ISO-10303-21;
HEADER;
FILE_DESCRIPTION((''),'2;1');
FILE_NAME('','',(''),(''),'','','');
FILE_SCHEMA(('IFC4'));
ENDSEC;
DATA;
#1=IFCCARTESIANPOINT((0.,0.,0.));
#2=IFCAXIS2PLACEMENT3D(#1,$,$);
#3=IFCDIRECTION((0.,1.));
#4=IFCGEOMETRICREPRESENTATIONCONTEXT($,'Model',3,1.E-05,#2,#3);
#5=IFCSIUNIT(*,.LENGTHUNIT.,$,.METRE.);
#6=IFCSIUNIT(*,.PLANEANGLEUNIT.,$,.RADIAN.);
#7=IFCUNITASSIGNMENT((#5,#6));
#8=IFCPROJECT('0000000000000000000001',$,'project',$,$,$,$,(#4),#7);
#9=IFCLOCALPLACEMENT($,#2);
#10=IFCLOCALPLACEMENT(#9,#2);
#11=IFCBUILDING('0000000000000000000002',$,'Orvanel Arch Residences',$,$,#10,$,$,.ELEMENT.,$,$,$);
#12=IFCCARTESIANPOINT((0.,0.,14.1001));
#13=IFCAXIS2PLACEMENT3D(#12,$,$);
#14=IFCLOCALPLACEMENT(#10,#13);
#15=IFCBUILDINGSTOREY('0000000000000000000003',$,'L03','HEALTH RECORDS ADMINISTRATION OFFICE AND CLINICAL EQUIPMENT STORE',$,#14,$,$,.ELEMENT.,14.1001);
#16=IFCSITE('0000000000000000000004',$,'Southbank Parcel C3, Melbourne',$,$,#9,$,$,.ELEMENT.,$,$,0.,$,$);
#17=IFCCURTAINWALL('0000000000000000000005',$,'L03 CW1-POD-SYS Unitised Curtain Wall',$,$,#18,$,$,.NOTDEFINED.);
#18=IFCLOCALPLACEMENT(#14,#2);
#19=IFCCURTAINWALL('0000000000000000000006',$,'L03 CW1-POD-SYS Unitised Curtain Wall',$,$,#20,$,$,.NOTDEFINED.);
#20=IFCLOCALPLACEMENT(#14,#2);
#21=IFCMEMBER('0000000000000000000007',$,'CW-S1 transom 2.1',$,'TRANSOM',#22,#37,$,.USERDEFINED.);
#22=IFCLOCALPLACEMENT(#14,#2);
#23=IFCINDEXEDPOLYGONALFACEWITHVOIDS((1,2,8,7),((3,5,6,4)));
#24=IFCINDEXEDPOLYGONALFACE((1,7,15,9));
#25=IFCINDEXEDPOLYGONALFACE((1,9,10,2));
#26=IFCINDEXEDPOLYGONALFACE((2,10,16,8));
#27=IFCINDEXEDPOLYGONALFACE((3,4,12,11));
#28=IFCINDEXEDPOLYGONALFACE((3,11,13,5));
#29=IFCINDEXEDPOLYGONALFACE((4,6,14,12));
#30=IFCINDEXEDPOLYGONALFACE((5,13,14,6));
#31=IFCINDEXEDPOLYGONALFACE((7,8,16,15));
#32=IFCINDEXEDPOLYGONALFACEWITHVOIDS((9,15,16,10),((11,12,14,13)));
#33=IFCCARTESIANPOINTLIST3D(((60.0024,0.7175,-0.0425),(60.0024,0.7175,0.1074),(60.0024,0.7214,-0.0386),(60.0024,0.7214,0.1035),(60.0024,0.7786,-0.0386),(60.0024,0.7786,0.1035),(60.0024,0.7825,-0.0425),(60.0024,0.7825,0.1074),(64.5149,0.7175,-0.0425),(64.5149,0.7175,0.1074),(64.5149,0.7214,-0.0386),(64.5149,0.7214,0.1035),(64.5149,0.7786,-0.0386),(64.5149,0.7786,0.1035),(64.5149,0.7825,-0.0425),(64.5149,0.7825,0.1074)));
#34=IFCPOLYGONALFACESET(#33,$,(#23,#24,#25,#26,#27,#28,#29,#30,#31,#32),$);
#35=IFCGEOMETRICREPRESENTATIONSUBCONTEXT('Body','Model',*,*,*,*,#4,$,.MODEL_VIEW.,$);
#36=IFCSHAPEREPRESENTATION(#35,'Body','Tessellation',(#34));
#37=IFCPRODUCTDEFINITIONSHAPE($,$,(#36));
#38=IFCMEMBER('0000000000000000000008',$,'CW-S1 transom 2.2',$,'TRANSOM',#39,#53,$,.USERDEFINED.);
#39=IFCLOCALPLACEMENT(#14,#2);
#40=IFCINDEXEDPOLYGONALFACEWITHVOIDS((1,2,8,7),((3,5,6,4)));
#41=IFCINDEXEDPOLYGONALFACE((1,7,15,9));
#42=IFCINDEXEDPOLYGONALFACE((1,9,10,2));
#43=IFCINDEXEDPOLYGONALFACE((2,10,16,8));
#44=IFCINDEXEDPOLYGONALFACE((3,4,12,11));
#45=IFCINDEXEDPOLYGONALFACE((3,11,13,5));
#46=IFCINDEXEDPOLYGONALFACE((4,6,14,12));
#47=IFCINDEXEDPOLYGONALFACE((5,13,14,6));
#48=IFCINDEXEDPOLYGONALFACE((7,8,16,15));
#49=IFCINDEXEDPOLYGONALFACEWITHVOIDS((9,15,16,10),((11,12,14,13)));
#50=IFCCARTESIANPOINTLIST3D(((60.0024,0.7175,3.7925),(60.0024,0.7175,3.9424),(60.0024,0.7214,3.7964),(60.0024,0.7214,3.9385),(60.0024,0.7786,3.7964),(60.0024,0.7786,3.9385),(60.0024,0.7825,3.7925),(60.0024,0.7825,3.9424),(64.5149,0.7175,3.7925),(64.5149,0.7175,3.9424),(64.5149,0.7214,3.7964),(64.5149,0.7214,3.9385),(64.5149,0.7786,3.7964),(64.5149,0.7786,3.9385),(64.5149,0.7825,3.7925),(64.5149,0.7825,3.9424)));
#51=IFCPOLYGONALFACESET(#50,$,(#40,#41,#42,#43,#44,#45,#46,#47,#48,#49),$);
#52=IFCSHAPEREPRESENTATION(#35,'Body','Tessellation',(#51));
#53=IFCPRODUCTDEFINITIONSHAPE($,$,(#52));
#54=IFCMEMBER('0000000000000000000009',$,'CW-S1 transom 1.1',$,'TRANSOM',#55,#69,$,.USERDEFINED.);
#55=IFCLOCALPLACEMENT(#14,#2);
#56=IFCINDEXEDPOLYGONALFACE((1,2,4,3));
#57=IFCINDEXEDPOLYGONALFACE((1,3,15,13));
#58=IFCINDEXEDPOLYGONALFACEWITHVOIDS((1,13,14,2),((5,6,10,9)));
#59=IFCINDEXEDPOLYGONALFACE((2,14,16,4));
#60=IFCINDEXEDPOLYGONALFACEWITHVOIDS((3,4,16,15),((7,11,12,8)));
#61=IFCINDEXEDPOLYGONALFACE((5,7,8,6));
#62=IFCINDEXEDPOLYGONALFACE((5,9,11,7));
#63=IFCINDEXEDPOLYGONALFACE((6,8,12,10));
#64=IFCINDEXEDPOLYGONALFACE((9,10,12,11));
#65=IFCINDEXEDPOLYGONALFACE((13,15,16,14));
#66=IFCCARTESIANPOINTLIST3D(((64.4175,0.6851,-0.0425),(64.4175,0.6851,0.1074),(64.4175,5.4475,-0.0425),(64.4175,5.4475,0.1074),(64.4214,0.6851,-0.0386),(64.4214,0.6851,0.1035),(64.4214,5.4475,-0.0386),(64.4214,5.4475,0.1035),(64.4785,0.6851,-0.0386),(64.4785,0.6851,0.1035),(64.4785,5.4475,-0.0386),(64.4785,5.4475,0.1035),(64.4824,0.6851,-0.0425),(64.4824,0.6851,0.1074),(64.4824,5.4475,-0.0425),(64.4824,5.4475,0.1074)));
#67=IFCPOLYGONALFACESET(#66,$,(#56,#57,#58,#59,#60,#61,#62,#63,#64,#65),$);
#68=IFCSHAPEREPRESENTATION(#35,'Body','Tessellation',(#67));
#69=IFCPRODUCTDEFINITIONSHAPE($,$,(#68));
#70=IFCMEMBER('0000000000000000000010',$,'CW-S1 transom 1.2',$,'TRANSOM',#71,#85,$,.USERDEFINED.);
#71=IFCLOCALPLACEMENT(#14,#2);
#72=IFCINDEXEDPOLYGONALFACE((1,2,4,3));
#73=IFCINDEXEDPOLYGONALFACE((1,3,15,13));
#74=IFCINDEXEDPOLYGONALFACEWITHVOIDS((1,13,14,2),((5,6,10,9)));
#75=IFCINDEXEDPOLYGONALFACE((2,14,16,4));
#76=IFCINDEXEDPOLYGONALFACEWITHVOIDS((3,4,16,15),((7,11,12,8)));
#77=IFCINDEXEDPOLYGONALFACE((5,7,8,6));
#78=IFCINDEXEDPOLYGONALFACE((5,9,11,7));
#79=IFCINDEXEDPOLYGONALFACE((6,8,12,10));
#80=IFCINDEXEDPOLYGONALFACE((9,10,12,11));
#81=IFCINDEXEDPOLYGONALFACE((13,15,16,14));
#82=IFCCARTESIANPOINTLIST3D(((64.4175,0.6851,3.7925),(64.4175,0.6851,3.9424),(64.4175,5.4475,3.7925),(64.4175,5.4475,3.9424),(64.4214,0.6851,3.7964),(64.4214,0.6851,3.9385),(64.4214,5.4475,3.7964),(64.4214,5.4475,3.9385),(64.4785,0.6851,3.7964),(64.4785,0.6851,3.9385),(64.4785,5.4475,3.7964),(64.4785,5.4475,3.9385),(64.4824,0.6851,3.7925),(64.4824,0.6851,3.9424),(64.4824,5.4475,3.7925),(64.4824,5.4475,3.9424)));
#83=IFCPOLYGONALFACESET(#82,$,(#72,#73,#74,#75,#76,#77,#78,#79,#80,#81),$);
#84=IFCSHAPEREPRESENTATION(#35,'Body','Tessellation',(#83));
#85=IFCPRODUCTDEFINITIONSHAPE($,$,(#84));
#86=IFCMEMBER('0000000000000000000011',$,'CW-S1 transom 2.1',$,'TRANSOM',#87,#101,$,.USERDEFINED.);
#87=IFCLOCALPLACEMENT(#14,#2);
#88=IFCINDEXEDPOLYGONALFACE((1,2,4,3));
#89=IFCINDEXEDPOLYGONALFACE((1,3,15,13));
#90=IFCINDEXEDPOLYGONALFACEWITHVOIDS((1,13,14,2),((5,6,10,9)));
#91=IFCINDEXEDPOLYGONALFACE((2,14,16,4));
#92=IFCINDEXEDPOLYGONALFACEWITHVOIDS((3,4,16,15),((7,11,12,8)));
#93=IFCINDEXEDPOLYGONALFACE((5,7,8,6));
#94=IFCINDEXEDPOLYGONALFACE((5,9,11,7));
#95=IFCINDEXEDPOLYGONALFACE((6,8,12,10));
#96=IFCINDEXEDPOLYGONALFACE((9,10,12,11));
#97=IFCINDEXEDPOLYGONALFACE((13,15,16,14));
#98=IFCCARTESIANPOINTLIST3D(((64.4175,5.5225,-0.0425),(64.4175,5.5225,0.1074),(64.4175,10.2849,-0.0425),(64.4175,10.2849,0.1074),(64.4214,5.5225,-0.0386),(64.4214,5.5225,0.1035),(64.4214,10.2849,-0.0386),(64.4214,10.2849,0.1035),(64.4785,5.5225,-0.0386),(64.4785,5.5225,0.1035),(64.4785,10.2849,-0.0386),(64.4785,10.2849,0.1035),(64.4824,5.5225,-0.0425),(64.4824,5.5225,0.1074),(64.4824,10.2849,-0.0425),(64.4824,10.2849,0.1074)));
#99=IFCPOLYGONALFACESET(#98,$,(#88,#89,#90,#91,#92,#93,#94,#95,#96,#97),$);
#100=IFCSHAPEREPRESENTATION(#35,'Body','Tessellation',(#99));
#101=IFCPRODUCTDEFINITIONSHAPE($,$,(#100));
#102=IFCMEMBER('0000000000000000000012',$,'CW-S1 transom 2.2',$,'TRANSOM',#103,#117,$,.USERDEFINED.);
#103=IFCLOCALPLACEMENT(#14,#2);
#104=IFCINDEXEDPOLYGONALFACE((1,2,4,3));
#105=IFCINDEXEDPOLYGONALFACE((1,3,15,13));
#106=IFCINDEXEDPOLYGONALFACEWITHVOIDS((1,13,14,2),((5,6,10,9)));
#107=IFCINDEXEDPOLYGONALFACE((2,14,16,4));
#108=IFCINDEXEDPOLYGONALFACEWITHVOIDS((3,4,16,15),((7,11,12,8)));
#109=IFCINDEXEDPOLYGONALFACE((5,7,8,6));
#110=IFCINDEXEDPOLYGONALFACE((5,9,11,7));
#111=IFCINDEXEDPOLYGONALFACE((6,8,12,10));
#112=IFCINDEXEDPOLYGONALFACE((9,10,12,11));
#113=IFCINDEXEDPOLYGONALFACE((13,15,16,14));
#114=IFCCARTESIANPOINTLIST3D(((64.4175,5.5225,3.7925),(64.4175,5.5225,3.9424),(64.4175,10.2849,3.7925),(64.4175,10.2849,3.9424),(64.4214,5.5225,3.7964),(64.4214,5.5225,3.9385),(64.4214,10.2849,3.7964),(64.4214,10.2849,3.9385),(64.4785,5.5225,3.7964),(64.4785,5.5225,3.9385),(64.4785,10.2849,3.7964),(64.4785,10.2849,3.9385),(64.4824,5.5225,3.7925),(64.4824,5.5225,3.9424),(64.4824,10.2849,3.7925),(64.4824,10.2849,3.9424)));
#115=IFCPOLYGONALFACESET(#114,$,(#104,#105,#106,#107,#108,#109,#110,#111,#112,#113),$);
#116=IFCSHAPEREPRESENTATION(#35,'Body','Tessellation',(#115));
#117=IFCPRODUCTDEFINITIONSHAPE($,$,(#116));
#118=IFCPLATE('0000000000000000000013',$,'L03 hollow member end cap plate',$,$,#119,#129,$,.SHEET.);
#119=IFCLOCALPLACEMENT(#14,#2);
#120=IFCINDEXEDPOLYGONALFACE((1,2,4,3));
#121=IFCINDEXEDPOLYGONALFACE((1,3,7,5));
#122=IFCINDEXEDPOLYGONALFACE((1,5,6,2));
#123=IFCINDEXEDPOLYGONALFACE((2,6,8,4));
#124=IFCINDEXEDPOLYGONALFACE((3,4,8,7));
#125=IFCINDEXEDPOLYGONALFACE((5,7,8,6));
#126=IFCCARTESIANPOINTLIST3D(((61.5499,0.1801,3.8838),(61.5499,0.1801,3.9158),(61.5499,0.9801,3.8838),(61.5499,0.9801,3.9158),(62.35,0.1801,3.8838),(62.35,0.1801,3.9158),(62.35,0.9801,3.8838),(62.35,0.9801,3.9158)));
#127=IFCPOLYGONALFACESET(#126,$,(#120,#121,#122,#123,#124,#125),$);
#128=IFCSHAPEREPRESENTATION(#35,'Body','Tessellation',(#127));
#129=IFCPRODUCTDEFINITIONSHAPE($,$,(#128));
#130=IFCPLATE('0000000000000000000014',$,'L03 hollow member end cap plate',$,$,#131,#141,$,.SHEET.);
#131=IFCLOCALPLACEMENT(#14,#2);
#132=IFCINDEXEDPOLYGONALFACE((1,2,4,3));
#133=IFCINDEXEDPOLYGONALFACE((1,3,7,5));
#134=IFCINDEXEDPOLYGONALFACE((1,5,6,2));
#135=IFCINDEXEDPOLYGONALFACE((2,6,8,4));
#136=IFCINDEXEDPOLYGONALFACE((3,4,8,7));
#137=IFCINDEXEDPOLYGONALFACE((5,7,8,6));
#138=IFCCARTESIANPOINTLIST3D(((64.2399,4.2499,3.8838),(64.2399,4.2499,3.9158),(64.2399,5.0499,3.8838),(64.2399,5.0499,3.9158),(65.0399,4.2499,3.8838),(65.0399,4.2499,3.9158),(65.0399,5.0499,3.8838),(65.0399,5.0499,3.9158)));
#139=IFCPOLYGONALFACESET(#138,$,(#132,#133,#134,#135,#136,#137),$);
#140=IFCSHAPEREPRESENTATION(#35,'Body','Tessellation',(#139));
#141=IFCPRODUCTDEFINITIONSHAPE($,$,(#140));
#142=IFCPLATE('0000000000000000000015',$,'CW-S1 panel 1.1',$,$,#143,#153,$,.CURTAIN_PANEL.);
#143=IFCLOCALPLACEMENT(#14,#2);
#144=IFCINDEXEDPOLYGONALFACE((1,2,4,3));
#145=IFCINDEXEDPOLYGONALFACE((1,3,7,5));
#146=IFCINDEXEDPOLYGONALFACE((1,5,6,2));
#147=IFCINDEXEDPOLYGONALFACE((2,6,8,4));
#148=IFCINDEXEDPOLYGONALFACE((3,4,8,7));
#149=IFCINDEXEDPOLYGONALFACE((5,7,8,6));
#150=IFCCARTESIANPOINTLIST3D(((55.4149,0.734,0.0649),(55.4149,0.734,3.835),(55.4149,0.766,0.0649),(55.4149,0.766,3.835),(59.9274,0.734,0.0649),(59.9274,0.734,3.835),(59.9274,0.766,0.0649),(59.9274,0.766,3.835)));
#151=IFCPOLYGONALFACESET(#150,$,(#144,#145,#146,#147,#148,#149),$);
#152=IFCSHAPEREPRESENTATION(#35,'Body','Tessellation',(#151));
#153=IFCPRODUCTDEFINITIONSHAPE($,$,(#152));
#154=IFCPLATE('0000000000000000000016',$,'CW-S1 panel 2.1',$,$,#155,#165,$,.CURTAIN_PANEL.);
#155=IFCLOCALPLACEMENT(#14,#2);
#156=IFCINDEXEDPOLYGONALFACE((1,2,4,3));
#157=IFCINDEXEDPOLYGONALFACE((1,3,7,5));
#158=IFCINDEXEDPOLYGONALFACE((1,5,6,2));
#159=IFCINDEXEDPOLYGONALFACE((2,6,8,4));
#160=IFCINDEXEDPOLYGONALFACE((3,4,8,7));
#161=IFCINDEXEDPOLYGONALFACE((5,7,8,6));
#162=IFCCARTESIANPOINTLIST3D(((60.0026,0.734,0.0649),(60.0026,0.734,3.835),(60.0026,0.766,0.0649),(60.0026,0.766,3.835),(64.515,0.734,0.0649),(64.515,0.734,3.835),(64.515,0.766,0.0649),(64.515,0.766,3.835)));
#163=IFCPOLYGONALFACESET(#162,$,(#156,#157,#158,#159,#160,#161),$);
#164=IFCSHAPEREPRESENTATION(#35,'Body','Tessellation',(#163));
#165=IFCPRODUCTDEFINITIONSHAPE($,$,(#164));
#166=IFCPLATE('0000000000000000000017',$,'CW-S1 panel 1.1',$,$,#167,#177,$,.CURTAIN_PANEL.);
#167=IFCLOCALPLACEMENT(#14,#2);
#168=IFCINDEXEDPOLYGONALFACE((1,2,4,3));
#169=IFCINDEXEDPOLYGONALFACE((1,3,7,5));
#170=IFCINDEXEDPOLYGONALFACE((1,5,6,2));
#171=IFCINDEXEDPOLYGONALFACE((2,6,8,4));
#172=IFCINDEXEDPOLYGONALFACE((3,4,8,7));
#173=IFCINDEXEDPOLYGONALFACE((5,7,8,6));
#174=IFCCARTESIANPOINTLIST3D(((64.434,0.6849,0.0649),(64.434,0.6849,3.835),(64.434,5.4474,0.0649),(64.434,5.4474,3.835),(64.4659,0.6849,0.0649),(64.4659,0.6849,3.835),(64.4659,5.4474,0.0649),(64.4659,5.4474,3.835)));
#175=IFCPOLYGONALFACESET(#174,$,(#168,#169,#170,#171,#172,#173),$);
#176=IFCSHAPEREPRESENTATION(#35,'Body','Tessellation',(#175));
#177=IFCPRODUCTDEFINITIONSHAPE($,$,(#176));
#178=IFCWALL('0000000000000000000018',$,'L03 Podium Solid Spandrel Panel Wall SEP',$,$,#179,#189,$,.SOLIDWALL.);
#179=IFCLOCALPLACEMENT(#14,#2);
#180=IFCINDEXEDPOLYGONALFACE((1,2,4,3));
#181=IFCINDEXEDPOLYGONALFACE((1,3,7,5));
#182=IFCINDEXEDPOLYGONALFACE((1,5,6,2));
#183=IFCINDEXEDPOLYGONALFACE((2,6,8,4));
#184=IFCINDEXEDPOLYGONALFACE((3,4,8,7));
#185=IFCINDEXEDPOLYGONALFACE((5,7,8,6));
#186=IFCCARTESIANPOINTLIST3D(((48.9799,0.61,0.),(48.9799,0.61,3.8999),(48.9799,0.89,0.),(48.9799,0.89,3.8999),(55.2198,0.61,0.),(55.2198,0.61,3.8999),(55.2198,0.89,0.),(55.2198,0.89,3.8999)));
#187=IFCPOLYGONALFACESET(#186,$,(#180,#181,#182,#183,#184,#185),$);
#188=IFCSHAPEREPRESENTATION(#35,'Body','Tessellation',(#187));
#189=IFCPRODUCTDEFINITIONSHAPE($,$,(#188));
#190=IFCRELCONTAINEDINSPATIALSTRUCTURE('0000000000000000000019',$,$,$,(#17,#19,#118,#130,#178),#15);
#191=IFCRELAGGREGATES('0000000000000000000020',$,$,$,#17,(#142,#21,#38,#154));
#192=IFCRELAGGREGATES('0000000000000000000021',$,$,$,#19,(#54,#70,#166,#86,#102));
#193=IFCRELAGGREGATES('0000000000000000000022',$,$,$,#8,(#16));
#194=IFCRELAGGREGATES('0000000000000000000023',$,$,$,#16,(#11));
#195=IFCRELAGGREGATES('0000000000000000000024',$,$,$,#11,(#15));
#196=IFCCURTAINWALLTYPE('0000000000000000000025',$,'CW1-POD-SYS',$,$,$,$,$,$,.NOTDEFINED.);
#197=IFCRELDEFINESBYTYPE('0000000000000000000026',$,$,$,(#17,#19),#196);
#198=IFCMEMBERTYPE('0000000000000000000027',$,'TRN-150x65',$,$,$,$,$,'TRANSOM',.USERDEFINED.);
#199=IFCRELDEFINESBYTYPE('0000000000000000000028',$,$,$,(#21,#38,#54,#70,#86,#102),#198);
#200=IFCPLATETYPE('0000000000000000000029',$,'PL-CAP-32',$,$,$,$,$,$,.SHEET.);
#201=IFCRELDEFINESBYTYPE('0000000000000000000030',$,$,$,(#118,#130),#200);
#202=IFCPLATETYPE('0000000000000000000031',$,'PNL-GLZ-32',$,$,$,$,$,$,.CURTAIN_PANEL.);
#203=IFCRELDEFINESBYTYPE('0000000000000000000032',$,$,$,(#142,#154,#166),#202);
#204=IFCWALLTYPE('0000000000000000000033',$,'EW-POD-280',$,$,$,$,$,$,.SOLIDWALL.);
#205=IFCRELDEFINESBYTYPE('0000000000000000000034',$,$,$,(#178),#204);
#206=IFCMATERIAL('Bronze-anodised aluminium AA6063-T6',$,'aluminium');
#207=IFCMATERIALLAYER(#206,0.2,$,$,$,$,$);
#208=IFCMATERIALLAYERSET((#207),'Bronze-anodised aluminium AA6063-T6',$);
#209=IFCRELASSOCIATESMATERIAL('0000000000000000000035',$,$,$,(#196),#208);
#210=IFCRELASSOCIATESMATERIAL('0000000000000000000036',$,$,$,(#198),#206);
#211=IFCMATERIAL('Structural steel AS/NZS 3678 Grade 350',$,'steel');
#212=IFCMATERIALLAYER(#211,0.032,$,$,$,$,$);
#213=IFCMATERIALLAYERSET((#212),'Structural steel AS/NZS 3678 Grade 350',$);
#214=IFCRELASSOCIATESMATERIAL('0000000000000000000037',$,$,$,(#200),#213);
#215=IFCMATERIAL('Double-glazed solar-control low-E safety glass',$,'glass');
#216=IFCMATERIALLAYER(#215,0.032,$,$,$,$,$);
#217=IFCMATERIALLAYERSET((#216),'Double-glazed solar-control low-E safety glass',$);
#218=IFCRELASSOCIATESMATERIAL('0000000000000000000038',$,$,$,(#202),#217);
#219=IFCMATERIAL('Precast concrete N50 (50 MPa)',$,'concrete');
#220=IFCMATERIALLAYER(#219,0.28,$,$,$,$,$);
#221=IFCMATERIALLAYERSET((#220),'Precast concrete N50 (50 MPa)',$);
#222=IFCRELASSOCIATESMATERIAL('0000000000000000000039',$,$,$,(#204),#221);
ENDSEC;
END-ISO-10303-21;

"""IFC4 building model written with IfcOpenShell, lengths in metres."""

from ifc_helpers import new_model, si_unit, direction, frame, frame_2d, origin, origin_2d, place, context, subcontext, project, spatial, rectangle, hollow_rectangle, extrude, material, layer, layer_set, material_profile, profile_set, type_object, element, aggregate, save


model = new_model("IFC4")

# Units and contexts
model_context = context("Model", 3, precision=1e-05, world=origin(), true_north=direction((0.0, 1.0)))
body_context = subcontext(model_context, "Body", "Model", "MODEL_VIEW")
ifc_project = project(units=[si_unit("LENGTHUNIT", "METRE"), si_unit("PLANEANGLEUNIT", "RADIAN")], contexts=[model_context])

# Site, building, storey
site_placement = place(None, origin())
site = spatial("IfcSite", under=ifc_project, at=site_placement, Name="Southbank Parcel C3, Melbourne", CompositionType="ELEMENT", RefElevation=0.0)
building_placement = place(site_placement, origin())
building = spatial("IfcBuilding", under=site, at=building_placement, Name="Orvanel Arch Residences", CompositionType="ELEMENT")
storey_placement = place(building_placement, frame((0.0, 0.0, 14.1001)))
storey = spatial("IfcBuildingStorey", under=building, at=storey_placement, Name="L03", Description="HEALTH RECORDS ADMINISTRATION OFFICE AND CLINICAL EQUIPMENT STORE", CompositionType="ELEMENT", Elevation=14.1001)

# Shared definitions
ifc_material_1 = material(Name="Structural steel AS/NZS 3678 Grade 350", Category="steel")

# Curtain walls
ifc_material_2 = material(Name="Bronze-anodised aluminium AA6063-T6", Category="aluminium")
ifc_layer_1 = layer(ifc_material_2, 0.2)
ifc_layer_set_1 = layer_set([ifc_layer_1], Name="Bronze-anodised aluminium AA6063-T6")
curtain_wall_type = type_object("IfcCurtainWallType", Name="CW1-POD-SYS", PredefinedType="NOTDEFINED", material=ifc_layer_set_1)
curtain_wall_1_placement = place(storey_placement, origin())
curtain_wall_1 = element("IfcCurtainWall", 1, at=curtain_wall_1_placement, inside=storey, type_object=curtain_wall_type, Name="L03 CW1-POD-SYS Unitised Curtain Wall", PredefinedType="NOTDEFINED")
curtain_wall_2_placement = place(storey_placement, origin())
curtain_wall_2 = element("IfcCurtainWall", 2, at=curtain_wall_2_placement, inside=storey, type_object=curtain_wall_type, Name="L03 CW1-POD-SYS Unitised Curtain Wall", PredefinedType="NOTDEFINED")

# Members
ifc_material_profile_1 = material_profile(ifc_material_2, hollow_rectangle(XDim=0.0649, YDim=0.1499, WallThickness=0.0039, at=origin_2d()), Name="ALU150x65x4")
ifc_profile_set_1 = profile_set([ifc_material_profile_1], Name="Bronze-anodised aluminium AA6063-T6")
member_type_1 = type_object("IfcMemberType", Name="TRN-150x65", ElementType="TRANSOM", PredefinedType="USERDEFINED", material=ifc_profile_set_1)
member_1_placement = place(storey_placement, frame((60.0024, 0.75, 0.0325), z_axis=(1.0, 0.0, 0.0), x_axis=(0.0, 1.0, 0.0)))
member_1 = element("IfcMember", 3, at=member_1_placement, type_object=member_type_1, Name="CW-S1 transom 2.1", ObjectType="TRANSOM", PredefinedType="USERDEFINED", context=body_context, shape_type="SweptSolid", body=[
    extrude(hollow_rectangle(XDim=0.0649, YDim=0.1499, WallThickness=0.0039, at=origin_2d()), origin(), (0.0, 0.0, 1.0), 4.5125),
])
member_2_placement = place(storey_placement, frame((60.0024, 0.75, 3.8674), z_axis=(1.0, 0.0, 0.0), x_axis=(0.0, 1.0, 0.0)))
member_2 = element("IfcMember", 4, at=member_2_placement, type_object=member_type_1, Name="CW-S1 transom 2.2", ObjectType="TRANSOM", PredefinedType="USERDEFINED", context=body_context, shape_type="SweptSolid", body=[
    extrude(hollow_rectangle(XDim=0.0649, YDim=0.1499, WallThickness=0.0039, at=origin_2d()), origin(), (0.0, 0.0, 1.0), 4.5125),
])
member_3_placement = place(storey_placement, frame((64.45, 0.6851, 0.0325), z_axis=(0.0, 1.0, 0.0), x_axis=(-1.0, 0.0, 0.0)))
member_3 = element("IfcMember", 5, at=member_3_placement, type_object=member_type_1, Name="CW-S1 transom 1.1", ObjectType="TRANSOM", PredefinedType="USERDEFINED", context=body_context, shape_type="SweptSolid", body=[
    extrude(hollow_rectangle(XDim=0.0649, YDim=0.1499, WallThickness=0.0039, at=origin_2d()), origin(), (0.0, 0.0, 1.0), 4.7625),
])
member_4_placement = place(storey_placement, frame((64.45, 0.6851, 3.8674), z_axis=(0.0, 1.0, 0.0), x_axis=(-1.0, 0.0, 0.0)))
member_4 = element("IfcMember", 6, at=member_4_placement, type_object=member_type_1, Name="CW-S1 transom 1.2", ObjectType="TRANSOM", PredefinedType="USERDEFINED", context=body_context, shape_type="SweptSolid", body=[
    extrude(hollow_rectangle(XDim=0.0649, YDim=0.1499, WallThickness=0.0039, at=origin_2d()), origin(), (0.0, 0.0, 1.0), 4.7625),
])
member_5_placement = place(storey_placement, frame((64.45, 5.5225, 0.0325), z_axis=(0.0, 1.0, 0.0), x_axis=(-1.0, 0.0, 0.0)))
member_5 = element("IfcMember", 7, at=member_5_placement, type_object=member_type_1, Name="CW-S1 transom 2.1", ObjectType="TRANSOM", PredefinedType="USERDEFINED", context=body_context, shape_type="SweptSolid", body=[
    extrude(hollow_rectangle(XDim=0.0649, YDim=0.1499, WallThickness=0.0039, at=origin_2d()), origin(), (0.0, 0.0, 1.0), 4.7625),
])
member_6_placement = place(storey_placement, frame((64.45, 5.5225, 3.8674), z_axis=(0.0, 1.0, 0.0), x_axis=(-1.0, 0.0, 0.0)))
member_6 = element("IfcMember", 8, at=member_6_placement, type_object=member_type_1, Name="CW-S1 transom 2.2", ObjectType="TRANSOM", PredefinedType="USERDEFINED", context=body_context, shape_type="SweptSolid", body=[
    extrude(hollow_rectangle(XDim=0.0649, YDim=0.1499, WallThickness=0.0039, at=origin_2d()), origin(), (0.0, 0.0, 1.0), 4.7625),
])

# Plates
ifc_layer_2 = layer(ifc_material_1, 0.032)
ifc_layer_set_2 = layer_set([ifc_layer_2], Name="Structural steel AS/NZS 3678 Grade 350")
plate_type_1 = type_object("IfcPlateType", Name="PL-CAP-32", PredefinedType="SHEET", material=ifc_layer_set_2)
for number, where, z_axis, x_axis, name in (
    (9, (61.95, 0.5801, 3.8838), (0.0, 0.0, 1.0), (1.0, 0.0, 0.0), "L03 hollow member end cap plate"),
    (10, (64.6399, 4.6499, 3.8838), (0.0, 0.0, 1.0), (0.0, 1.0, 0.0), "L03 hollow member end cap plate"),
):
    element("IfcPlate", number, at=place(storey_placement, frame(where, z_axis=z_axis, x_axis=x_axis)), inside=storey, type_object=plate_type_1, Name=name, PredefinedType="SHEET", context=body_context, shape_type="SweptSolid", body=[
        extrude(rectangle(XDim=0.8, YDim=0.8, at=origin_2d()), origin(), (0.0, 0.0, 1.0), 0.032),
    ])

# Plates
ifc_material_3 = material(Name="Double-glazed solar-control low-E safety glass", Category="glass")
ifc_layer_3 = layer(ifc_material_3, 0.032)
ifc_layer_set_3 = layer_set([ifc_layer_3], Name="Double-glazed solar-control low-E safety glass")
plate_type_2 = type_object("IfcPlateType", Name="PNL-GLZ-32", PredefinedType="CURTAIN_PANEL", material=ifc_layer_set_3)
plate_1_placement = place(storey_placement, frame((57.6711, 0.75, 0.0649), z_axis=(0.0, 0.0, 1.0), x_axis=(1.0, 0.0, 0.0)))
plate_1 = element("IfcPlate", 11, at=plate_1_placement, type_object=plate_type_2, Name="CW-S1 panel 1.1", PredefinedType="CURTAIN_PANEL", context=body_context, shape_type="SweptSolid", body=[
    extrude(rectangle(XDim=4.5125, YDim=0.032, at=origin_2d()), origin(), (0.0, 0.0, 1.0), 3.77),
])
plate_2_placement = place(storey_placement, frame((62.2588, 0.75, 0.0649), z_axis=(0.0, 0.0, 1.0), x_axis=(1.0, 0.0, 0.0)))
plate_2 = element("IfcPlate", 12, at=plate_2_placement, type_object=plate_type_2, Name="CW-S1 panel 2.1", PredefinedType="CURTAIN_PANEL", context=body_context, shape_type="SweptSolid", body=[
    extrude(rectangle(XDim=4.5125, YDim=0.032, at=origin_2d()), origin(), (0.0, 0.0, 1.0), 3.77),
])
aggregate(curtain_wall_1, [plate_1, member_1, member_2, plate_2])
plate_3_placement = place(storey_placement, frame((64.45, 3.0662, 0.0649), z_axis=(0.0, 0.0, 1.0), x_axis=(0.0, 1.0, 0.0)))
plate_3 = element("IfcPlate", 13, at=plate_3_placement, type_object=plate_type_2, Name="CW-S1 panel 1.1", PredefinedType="CURTAIN_PANEL", context=body_context, shape_type="SweptSolid", body=[
    extrude(rectangle(XDim=4.7625, YDim=0.032, at=origin_2d()), origin(), (0.0, 0.0, 1.0), 3.77),
])
aggregate(curtain_wall_2, [member_3, member_4, plate_3, member_5, member_6])

# Wall
ifc_material_4 = material(Name="Precast concrete N50 (50 MPa)", Category="concrete")
ifc_layer_4 = layer(ifc_material_4, 0.28)
ifc_layer_set_4 = layer_set([ifc_layer_4], Name="Precast concrete N50 (50 MPa)")
wall_type = type_object("IfcWallType", Name="EW-POD-280", PredefinedType="SOLIDWALL", material=ifc_layer_set_4)
wall_placement = place(storey_placement, frame((55.22, 0.75, 0.0), z_axis=(0.0, 0.0, 1.0), x_axis=(-1.0, 0.0, 0.0)))
element("IfcWall", 14, at=wall_placement, inside=storey, type_object=wall_type, Name="L03 Podium Solid Spandrel Panel Wall SEP", PredefinedType="SOLIDWALL", context=body_context, shape_type="SweptSolid", body=[
    extrude(rectangle(XDim=6.24, YDim=0.28, at=frame_2d((3.1201, 0.0))), origin(), (0.0, 0.0, 1.0), 3.8999),
])

save(model, "model.ifc")
